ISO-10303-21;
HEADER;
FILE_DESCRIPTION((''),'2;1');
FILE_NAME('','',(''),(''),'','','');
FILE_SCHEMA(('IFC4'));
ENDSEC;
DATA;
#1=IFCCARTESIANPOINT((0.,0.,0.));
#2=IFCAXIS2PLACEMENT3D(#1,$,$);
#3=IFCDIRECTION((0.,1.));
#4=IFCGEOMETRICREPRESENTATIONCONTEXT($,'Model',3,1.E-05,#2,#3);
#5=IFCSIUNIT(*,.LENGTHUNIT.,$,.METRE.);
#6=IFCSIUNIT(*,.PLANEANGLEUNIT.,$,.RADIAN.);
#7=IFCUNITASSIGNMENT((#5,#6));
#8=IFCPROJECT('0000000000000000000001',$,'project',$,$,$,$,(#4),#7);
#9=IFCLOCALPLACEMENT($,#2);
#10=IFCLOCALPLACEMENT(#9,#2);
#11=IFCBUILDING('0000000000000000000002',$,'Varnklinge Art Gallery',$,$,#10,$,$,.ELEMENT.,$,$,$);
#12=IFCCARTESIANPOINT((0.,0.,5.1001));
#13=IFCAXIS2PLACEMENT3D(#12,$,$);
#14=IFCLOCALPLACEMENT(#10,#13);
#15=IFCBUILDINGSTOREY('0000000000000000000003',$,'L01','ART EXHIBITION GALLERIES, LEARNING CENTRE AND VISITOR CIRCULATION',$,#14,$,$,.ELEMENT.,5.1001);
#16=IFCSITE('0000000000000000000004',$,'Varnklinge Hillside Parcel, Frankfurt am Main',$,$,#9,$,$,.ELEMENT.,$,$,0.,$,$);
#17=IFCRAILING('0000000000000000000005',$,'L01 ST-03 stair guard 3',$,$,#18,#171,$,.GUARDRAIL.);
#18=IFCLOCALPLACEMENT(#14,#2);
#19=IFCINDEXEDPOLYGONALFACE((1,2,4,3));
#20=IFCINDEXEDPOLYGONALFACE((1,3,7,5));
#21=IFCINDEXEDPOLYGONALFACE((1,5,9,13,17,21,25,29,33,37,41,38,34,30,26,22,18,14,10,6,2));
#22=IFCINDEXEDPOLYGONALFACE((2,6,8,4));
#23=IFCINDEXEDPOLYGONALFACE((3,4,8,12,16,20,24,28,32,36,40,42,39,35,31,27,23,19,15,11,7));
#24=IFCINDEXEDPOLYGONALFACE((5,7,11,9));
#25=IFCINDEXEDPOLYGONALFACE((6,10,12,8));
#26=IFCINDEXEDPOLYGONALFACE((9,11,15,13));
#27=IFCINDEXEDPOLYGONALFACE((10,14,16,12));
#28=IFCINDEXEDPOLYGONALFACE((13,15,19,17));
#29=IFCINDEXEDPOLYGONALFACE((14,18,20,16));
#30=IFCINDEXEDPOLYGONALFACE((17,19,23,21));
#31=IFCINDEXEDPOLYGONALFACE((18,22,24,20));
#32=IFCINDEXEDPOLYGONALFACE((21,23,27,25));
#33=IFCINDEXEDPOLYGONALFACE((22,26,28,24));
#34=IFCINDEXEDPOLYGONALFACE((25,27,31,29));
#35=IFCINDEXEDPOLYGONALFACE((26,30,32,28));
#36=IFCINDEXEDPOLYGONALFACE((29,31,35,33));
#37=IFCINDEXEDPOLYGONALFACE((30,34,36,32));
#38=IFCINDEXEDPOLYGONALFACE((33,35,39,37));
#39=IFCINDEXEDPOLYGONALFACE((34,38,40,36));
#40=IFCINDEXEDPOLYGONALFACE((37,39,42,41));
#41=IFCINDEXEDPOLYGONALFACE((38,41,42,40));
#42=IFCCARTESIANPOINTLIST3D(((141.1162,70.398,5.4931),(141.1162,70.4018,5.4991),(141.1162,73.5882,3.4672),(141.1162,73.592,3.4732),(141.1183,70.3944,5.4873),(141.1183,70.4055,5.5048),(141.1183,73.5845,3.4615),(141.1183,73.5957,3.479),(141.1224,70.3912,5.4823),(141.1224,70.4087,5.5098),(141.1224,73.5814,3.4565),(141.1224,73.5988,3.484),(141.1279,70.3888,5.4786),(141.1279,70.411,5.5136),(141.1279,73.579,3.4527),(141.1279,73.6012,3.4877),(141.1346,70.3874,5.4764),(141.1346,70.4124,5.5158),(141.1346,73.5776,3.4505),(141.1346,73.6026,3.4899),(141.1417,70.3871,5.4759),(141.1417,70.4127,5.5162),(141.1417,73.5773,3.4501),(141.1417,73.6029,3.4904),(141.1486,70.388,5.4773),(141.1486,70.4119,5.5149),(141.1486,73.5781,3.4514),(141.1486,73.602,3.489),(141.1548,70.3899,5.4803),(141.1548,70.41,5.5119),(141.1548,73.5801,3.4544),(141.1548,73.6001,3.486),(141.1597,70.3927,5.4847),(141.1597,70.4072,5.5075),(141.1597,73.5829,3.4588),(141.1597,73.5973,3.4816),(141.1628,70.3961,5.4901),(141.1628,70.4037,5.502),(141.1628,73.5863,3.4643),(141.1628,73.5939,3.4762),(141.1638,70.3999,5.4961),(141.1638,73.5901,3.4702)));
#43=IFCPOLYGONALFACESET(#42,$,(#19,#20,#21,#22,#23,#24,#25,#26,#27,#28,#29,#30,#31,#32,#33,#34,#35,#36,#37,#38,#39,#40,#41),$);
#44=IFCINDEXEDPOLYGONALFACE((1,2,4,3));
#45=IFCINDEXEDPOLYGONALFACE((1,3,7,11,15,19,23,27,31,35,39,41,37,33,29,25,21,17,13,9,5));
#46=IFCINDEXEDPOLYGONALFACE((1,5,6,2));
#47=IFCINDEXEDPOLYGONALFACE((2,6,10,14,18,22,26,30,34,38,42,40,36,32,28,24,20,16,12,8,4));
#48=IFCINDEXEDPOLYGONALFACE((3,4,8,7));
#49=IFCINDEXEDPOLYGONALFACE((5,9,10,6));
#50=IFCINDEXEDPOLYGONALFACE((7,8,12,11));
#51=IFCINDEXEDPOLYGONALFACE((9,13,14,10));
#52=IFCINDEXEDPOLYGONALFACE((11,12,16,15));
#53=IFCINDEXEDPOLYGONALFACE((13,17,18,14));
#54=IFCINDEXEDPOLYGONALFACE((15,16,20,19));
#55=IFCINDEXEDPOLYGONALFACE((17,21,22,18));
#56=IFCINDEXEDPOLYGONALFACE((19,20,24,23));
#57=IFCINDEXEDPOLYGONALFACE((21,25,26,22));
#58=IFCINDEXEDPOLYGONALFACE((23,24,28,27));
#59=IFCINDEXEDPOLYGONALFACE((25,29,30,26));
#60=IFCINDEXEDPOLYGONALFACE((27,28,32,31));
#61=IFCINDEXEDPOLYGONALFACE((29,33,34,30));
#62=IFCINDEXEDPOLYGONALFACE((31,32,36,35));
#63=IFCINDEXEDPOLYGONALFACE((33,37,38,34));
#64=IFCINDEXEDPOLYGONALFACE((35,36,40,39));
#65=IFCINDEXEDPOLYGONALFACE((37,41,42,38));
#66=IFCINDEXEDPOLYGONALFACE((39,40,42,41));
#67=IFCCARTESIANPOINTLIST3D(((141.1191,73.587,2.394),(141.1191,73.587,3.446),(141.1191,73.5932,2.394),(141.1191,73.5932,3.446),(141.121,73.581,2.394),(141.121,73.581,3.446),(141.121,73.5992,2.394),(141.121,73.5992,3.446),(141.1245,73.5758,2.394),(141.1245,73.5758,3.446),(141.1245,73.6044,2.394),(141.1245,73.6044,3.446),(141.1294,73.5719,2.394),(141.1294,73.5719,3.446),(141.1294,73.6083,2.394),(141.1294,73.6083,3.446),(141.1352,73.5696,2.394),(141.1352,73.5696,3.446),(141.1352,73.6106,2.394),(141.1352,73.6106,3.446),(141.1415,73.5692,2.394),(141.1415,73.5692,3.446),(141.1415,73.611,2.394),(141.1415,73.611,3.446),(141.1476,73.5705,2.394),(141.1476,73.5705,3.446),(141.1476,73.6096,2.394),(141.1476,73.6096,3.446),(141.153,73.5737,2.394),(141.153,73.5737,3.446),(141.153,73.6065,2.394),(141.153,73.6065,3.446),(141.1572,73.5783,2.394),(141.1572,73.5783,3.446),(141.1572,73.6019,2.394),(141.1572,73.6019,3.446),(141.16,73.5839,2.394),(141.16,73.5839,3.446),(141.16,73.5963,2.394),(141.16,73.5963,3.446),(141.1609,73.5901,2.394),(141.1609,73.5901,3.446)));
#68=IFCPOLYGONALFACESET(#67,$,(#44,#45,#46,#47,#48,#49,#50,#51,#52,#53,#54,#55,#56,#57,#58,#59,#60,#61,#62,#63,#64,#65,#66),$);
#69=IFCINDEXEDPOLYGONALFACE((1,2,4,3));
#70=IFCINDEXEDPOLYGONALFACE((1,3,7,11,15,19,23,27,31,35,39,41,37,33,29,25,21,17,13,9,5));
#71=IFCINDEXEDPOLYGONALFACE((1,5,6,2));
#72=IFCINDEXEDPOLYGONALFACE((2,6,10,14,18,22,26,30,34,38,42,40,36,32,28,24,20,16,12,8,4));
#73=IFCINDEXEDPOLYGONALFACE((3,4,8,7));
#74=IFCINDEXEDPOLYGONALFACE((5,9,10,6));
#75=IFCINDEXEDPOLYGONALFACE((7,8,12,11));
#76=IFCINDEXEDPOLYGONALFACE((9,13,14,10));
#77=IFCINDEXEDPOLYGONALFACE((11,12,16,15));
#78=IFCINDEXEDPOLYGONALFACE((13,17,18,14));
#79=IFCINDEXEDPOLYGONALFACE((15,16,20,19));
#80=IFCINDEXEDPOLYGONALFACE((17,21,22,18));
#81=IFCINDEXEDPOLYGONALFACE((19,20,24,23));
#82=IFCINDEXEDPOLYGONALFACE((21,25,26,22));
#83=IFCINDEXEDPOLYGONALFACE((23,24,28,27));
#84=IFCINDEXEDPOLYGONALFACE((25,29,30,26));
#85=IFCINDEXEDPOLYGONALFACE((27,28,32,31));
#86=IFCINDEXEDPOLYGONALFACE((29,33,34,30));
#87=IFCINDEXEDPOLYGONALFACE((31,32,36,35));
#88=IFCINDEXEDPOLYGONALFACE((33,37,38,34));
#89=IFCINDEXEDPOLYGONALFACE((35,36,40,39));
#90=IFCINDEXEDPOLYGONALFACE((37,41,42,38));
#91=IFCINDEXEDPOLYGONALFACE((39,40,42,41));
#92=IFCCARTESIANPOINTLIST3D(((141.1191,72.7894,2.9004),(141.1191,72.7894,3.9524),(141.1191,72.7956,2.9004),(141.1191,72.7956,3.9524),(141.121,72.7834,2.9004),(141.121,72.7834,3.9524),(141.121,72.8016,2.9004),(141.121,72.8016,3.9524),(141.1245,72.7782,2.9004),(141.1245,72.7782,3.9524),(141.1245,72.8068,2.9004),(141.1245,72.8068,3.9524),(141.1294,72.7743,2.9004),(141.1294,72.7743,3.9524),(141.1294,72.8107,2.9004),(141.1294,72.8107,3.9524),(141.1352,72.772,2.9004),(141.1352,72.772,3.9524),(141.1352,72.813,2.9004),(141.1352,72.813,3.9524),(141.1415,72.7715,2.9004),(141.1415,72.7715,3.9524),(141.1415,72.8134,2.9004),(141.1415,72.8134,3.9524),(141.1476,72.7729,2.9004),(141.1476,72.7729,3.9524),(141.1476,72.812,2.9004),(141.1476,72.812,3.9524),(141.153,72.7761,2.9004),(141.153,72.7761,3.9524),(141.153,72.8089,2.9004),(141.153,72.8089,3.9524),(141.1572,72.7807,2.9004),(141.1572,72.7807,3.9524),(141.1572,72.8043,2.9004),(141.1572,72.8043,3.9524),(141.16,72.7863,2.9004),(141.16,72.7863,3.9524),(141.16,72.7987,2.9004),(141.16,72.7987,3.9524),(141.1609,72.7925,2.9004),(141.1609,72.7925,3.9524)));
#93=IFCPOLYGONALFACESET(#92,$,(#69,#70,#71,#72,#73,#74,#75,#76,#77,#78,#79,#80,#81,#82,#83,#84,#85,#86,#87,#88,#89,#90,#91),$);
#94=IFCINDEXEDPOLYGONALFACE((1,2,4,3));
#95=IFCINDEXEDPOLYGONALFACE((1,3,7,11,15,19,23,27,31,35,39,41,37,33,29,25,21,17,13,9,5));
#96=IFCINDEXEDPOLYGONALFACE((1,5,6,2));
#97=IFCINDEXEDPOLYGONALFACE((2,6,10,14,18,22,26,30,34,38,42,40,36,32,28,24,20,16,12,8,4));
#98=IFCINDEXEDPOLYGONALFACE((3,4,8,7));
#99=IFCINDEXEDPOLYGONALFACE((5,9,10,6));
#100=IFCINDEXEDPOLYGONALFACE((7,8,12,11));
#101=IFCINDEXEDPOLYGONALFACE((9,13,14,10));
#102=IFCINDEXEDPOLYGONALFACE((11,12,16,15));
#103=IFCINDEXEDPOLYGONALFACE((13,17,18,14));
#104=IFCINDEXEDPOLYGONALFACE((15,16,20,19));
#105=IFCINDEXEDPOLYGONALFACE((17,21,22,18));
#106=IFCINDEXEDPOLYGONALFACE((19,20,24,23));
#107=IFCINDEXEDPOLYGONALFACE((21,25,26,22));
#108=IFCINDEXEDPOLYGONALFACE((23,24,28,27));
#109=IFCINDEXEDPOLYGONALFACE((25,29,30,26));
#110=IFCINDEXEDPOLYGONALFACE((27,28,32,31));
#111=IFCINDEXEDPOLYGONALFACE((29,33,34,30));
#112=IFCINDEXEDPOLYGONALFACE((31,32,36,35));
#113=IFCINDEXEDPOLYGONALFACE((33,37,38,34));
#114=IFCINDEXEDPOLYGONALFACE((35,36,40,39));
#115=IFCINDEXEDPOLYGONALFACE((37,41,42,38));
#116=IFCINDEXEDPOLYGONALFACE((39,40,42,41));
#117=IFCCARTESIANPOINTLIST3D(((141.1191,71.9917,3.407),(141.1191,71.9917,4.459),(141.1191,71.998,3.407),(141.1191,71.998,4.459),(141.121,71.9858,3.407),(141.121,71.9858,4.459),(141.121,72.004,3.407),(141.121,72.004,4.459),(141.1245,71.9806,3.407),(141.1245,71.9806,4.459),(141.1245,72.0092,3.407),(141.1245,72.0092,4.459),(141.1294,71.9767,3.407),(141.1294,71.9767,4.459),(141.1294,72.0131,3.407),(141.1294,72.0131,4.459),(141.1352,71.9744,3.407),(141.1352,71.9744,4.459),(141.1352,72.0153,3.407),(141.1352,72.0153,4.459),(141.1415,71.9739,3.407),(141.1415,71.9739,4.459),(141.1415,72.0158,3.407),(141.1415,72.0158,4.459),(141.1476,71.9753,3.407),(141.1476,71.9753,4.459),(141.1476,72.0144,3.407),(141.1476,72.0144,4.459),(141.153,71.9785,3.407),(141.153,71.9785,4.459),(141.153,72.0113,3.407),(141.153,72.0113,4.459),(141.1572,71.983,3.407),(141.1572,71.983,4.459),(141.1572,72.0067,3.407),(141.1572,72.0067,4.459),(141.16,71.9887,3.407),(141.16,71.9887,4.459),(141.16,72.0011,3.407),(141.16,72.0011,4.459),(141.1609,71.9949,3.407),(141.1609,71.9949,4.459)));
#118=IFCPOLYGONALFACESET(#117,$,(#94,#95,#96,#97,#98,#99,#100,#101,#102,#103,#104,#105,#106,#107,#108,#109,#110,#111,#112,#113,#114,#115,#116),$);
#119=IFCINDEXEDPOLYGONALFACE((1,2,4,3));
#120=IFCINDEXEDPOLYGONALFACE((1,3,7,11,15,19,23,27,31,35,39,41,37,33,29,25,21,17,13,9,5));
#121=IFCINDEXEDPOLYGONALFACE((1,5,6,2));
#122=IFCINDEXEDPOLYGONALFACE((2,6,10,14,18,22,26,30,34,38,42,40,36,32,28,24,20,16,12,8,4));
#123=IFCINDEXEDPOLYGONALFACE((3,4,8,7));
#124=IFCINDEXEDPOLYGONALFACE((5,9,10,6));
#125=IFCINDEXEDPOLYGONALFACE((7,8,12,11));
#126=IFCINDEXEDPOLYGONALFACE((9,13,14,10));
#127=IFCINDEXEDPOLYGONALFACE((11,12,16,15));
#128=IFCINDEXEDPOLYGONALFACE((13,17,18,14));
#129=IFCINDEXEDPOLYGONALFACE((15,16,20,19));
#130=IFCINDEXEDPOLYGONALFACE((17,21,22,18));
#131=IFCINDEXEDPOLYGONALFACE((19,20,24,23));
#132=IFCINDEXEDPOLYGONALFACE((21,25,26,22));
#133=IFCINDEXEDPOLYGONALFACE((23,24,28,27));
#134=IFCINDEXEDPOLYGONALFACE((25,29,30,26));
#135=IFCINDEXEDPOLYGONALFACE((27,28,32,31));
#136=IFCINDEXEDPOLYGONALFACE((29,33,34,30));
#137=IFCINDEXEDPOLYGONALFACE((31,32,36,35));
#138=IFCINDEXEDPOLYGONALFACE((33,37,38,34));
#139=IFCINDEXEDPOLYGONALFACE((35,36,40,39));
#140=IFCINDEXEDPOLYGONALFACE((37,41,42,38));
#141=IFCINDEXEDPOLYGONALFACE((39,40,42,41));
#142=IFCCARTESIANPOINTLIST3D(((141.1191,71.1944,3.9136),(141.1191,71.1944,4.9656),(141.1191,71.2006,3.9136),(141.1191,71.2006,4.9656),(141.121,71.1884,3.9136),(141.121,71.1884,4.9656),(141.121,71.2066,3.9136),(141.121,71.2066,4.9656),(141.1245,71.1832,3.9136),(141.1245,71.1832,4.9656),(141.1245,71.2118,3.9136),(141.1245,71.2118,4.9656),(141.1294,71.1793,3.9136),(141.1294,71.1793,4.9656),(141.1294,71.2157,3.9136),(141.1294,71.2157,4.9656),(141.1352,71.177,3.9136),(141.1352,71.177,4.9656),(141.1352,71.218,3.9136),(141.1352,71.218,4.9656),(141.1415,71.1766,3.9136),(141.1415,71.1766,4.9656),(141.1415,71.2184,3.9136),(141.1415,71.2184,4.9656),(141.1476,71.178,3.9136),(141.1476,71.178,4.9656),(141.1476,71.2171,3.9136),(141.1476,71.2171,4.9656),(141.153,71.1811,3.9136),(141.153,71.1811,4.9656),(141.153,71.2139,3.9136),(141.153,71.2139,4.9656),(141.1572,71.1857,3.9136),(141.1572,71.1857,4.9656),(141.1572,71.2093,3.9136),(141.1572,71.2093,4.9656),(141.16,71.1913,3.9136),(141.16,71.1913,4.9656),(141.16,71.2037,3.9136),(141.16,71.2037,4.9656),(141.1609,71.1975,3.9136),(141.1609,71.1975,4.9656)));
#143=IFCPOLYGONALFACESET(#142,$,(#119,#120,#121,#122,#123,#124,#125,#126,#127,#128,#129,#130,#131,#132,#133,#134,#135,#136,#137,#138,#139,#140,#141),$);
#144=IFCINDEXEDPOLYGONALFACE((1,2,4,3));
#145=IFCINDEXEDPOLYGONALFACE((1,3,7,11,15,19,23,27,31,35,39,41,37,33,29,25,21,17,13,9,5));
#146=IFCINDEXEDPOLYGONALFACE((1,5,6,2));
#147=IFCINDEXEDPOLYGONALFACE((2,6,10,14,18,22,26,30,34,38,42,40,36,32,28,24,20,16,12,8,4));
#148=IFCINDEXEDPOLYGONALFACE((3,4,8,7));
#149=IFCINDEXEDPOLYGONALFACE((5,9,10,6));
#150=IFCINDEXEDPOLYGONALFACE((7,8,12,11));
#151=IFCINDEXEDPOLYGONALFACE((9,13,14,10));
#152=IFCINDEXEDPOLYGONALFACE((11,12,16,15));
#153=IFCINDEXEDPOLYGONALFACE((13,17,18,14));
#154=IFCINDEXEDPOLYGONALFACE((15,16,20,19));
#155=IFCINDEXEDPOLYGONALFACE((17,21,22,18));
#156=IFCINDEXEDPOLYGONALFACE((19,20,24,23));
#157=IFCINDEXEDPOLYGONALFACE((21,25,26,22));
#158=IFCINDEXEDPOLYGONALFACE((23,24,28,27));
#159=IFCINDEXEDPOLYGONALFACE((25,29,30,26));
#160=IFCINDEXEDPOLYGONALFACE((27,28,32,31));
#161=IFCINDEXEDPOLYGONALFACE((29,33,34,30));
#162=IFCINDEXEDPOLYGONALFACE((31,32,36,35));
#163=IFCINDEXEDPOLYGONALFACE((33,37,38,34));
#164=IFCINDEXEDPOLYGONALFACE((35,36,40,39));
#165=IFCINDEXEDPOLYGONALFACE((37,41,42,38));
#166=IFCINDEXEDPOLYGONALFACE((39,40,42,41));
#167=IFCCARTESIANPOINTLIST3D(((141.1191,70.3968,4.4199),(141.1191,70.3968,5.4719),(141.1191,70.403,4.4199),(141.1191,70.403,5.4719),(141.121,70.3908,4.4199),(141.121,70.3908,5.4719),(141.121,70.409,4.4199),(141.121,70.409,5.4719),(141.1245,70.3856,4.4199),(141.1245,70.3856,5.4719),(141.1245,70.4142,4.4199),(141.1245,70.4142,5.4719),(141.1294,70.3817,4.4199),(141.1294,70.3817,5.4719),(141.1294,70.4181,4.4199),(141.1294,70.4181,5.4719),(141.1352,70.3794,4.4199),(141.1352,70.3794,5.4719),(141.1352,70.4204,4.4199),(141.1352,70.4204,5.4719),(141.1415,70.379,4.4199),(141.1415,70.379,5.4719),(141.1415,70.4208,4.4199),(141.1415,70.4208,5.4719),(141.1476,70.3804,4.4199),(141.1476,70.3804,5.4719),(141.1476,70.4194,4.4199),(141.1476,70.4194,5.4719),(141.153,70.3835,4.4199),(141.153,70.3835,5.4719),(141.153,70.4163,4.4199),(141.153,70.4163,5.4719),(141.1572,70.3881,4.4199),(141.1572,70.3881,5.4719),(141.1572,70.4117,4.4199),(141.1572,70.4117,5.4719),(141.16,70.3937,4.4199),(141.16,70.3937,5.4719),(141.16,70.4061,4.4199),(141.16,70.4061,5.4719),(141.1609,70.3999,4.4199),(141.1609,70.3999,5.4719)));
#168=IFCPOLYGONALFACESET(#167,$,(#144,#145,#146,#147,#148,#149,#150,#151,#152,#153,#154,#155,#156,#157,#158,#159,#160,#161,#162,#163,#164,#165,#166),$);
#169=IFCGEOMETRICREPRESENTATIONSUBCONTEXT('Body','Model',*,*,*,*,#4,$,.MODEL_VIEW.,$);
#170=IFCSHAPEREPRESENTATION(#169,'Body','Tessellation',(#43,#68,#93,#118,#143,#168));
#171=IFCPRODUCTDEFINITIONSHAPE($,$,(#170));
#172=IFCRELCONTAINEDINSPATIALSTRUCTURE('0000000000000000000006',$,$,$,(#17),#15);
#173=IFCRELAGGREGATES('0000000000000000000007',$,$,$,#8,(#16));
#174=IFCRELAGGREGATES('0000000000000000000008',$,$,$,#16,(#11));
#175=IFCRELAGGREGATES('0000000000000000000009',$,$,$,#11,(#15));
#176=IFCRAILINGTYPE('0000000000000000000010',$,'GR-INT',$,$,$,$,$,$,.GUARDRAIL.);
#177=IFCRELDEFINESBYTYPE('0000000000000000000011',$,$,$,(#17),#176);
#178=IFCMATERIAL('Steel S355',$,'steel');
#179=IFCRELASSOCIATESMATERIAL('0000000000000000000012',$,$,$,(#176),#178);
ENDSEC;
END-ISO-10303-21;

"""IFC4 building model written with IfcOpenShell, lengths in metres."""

from ifc_helpers import new_model, si_unit, direction, frame, origin, origin_2d, place, context, subcontext, project, spatial, circle, extrude, material, type_object, element, save


model = new_model("IFC4")

# Units and contexts
model_context = context("Model", 3, precision=1e-05, world=origin(), true_north=direction((0.0, 1.0)))
body_context = subcontext(model_context, "Body", "Model", "MODEL_VIEW")
ifc_project = project(units=[si_unit("LENGTHUNIT", "METRE"), si_unit("PLANEANGLEUNIT", "RADIAN")], contexts=[model_context])

# Site, building, storey
site_placement = place(None, origin())
site = spatial("IfcSite", under=ifc_project, at=site_placement, Name="Varnklinge Hillside Parcel, Frankfurt am Main", CompositionType="ELEMENT", RefElevation=0.0)
building_placement = place(site_placement, origin())
building = spatial("IfcBuilding", under=site, at=building_placement, Name="Varnklinge Art Gallery", CompositionType="ELEMENT")
storey_placement = place(building_placement, frame((0.0, 0.0, 5.1001)))
storey = spatial("IfcBuildingStorey", under=building, at=storey_placement, Name="L01", Description="ART EXHIBITION GALLERIES, LEARNING CENTRE AND VISITOR CIRCULATION", CompositionType="ELEMENT", Elevation=5.1001)

# Railing
ifc_material_1 = material(Name="Steel S355", Category="steel")
railing_type_1 = type_object("IfcRailingType", Name="GR-INT", PredefinedType="GUARDRAIL", material=ifc_material_1)
railing_1_placement = place(storey_placement, frame((141.1399, 73.5901, 2.394)))
element("IfcRailing", 1, at=railing_1_placement, inside=storey, type_object=railing_type_1, Name="L01 ST-03 stair guard 3", PredefinedType="GUARDRAIL", context=body_context, shape_type="SweptSolid", body=[
    extrude(circle(Radius=0.0239, at=origin_2d()), frame((0.0, 0.0, 1.0762), z_axis=(0.0, -0.844169, 0.536077), x_axis=(1.0, 0.0, 0.0)), (0.0, 0.0, 1.0), 3.7791),
    extrude(circle(Radius=0.021, at=origin_2d()), origin(), (0.0, 0.0, 1.0), 1.052),
    extrude(circle(Radius=0.021, at=origin_2d()), frame((0.0, -0.7976, 0.5063)), (0.0, 0.0, 1.0), 1.052),
    extrude(circle(Radius=0.021, at=origin_2d()), frame((0.0, -1.5952, 1.0129)), (0.0, 0.0, 1.0), 1.052),
    extrude(circle(Radius=0.021, at=origin_2d()), frame((0.0, -2.3926, 1.5195)), (0.0, 0.0, 1.0), 1.052),
    extrude(circle(Radius=0.021, at=origin_2d()), frame((0.0, -3.1902, 2.0259)), (0.0, 0.0, 1.0), 1.052),
])

save(model, "model.ifc")
